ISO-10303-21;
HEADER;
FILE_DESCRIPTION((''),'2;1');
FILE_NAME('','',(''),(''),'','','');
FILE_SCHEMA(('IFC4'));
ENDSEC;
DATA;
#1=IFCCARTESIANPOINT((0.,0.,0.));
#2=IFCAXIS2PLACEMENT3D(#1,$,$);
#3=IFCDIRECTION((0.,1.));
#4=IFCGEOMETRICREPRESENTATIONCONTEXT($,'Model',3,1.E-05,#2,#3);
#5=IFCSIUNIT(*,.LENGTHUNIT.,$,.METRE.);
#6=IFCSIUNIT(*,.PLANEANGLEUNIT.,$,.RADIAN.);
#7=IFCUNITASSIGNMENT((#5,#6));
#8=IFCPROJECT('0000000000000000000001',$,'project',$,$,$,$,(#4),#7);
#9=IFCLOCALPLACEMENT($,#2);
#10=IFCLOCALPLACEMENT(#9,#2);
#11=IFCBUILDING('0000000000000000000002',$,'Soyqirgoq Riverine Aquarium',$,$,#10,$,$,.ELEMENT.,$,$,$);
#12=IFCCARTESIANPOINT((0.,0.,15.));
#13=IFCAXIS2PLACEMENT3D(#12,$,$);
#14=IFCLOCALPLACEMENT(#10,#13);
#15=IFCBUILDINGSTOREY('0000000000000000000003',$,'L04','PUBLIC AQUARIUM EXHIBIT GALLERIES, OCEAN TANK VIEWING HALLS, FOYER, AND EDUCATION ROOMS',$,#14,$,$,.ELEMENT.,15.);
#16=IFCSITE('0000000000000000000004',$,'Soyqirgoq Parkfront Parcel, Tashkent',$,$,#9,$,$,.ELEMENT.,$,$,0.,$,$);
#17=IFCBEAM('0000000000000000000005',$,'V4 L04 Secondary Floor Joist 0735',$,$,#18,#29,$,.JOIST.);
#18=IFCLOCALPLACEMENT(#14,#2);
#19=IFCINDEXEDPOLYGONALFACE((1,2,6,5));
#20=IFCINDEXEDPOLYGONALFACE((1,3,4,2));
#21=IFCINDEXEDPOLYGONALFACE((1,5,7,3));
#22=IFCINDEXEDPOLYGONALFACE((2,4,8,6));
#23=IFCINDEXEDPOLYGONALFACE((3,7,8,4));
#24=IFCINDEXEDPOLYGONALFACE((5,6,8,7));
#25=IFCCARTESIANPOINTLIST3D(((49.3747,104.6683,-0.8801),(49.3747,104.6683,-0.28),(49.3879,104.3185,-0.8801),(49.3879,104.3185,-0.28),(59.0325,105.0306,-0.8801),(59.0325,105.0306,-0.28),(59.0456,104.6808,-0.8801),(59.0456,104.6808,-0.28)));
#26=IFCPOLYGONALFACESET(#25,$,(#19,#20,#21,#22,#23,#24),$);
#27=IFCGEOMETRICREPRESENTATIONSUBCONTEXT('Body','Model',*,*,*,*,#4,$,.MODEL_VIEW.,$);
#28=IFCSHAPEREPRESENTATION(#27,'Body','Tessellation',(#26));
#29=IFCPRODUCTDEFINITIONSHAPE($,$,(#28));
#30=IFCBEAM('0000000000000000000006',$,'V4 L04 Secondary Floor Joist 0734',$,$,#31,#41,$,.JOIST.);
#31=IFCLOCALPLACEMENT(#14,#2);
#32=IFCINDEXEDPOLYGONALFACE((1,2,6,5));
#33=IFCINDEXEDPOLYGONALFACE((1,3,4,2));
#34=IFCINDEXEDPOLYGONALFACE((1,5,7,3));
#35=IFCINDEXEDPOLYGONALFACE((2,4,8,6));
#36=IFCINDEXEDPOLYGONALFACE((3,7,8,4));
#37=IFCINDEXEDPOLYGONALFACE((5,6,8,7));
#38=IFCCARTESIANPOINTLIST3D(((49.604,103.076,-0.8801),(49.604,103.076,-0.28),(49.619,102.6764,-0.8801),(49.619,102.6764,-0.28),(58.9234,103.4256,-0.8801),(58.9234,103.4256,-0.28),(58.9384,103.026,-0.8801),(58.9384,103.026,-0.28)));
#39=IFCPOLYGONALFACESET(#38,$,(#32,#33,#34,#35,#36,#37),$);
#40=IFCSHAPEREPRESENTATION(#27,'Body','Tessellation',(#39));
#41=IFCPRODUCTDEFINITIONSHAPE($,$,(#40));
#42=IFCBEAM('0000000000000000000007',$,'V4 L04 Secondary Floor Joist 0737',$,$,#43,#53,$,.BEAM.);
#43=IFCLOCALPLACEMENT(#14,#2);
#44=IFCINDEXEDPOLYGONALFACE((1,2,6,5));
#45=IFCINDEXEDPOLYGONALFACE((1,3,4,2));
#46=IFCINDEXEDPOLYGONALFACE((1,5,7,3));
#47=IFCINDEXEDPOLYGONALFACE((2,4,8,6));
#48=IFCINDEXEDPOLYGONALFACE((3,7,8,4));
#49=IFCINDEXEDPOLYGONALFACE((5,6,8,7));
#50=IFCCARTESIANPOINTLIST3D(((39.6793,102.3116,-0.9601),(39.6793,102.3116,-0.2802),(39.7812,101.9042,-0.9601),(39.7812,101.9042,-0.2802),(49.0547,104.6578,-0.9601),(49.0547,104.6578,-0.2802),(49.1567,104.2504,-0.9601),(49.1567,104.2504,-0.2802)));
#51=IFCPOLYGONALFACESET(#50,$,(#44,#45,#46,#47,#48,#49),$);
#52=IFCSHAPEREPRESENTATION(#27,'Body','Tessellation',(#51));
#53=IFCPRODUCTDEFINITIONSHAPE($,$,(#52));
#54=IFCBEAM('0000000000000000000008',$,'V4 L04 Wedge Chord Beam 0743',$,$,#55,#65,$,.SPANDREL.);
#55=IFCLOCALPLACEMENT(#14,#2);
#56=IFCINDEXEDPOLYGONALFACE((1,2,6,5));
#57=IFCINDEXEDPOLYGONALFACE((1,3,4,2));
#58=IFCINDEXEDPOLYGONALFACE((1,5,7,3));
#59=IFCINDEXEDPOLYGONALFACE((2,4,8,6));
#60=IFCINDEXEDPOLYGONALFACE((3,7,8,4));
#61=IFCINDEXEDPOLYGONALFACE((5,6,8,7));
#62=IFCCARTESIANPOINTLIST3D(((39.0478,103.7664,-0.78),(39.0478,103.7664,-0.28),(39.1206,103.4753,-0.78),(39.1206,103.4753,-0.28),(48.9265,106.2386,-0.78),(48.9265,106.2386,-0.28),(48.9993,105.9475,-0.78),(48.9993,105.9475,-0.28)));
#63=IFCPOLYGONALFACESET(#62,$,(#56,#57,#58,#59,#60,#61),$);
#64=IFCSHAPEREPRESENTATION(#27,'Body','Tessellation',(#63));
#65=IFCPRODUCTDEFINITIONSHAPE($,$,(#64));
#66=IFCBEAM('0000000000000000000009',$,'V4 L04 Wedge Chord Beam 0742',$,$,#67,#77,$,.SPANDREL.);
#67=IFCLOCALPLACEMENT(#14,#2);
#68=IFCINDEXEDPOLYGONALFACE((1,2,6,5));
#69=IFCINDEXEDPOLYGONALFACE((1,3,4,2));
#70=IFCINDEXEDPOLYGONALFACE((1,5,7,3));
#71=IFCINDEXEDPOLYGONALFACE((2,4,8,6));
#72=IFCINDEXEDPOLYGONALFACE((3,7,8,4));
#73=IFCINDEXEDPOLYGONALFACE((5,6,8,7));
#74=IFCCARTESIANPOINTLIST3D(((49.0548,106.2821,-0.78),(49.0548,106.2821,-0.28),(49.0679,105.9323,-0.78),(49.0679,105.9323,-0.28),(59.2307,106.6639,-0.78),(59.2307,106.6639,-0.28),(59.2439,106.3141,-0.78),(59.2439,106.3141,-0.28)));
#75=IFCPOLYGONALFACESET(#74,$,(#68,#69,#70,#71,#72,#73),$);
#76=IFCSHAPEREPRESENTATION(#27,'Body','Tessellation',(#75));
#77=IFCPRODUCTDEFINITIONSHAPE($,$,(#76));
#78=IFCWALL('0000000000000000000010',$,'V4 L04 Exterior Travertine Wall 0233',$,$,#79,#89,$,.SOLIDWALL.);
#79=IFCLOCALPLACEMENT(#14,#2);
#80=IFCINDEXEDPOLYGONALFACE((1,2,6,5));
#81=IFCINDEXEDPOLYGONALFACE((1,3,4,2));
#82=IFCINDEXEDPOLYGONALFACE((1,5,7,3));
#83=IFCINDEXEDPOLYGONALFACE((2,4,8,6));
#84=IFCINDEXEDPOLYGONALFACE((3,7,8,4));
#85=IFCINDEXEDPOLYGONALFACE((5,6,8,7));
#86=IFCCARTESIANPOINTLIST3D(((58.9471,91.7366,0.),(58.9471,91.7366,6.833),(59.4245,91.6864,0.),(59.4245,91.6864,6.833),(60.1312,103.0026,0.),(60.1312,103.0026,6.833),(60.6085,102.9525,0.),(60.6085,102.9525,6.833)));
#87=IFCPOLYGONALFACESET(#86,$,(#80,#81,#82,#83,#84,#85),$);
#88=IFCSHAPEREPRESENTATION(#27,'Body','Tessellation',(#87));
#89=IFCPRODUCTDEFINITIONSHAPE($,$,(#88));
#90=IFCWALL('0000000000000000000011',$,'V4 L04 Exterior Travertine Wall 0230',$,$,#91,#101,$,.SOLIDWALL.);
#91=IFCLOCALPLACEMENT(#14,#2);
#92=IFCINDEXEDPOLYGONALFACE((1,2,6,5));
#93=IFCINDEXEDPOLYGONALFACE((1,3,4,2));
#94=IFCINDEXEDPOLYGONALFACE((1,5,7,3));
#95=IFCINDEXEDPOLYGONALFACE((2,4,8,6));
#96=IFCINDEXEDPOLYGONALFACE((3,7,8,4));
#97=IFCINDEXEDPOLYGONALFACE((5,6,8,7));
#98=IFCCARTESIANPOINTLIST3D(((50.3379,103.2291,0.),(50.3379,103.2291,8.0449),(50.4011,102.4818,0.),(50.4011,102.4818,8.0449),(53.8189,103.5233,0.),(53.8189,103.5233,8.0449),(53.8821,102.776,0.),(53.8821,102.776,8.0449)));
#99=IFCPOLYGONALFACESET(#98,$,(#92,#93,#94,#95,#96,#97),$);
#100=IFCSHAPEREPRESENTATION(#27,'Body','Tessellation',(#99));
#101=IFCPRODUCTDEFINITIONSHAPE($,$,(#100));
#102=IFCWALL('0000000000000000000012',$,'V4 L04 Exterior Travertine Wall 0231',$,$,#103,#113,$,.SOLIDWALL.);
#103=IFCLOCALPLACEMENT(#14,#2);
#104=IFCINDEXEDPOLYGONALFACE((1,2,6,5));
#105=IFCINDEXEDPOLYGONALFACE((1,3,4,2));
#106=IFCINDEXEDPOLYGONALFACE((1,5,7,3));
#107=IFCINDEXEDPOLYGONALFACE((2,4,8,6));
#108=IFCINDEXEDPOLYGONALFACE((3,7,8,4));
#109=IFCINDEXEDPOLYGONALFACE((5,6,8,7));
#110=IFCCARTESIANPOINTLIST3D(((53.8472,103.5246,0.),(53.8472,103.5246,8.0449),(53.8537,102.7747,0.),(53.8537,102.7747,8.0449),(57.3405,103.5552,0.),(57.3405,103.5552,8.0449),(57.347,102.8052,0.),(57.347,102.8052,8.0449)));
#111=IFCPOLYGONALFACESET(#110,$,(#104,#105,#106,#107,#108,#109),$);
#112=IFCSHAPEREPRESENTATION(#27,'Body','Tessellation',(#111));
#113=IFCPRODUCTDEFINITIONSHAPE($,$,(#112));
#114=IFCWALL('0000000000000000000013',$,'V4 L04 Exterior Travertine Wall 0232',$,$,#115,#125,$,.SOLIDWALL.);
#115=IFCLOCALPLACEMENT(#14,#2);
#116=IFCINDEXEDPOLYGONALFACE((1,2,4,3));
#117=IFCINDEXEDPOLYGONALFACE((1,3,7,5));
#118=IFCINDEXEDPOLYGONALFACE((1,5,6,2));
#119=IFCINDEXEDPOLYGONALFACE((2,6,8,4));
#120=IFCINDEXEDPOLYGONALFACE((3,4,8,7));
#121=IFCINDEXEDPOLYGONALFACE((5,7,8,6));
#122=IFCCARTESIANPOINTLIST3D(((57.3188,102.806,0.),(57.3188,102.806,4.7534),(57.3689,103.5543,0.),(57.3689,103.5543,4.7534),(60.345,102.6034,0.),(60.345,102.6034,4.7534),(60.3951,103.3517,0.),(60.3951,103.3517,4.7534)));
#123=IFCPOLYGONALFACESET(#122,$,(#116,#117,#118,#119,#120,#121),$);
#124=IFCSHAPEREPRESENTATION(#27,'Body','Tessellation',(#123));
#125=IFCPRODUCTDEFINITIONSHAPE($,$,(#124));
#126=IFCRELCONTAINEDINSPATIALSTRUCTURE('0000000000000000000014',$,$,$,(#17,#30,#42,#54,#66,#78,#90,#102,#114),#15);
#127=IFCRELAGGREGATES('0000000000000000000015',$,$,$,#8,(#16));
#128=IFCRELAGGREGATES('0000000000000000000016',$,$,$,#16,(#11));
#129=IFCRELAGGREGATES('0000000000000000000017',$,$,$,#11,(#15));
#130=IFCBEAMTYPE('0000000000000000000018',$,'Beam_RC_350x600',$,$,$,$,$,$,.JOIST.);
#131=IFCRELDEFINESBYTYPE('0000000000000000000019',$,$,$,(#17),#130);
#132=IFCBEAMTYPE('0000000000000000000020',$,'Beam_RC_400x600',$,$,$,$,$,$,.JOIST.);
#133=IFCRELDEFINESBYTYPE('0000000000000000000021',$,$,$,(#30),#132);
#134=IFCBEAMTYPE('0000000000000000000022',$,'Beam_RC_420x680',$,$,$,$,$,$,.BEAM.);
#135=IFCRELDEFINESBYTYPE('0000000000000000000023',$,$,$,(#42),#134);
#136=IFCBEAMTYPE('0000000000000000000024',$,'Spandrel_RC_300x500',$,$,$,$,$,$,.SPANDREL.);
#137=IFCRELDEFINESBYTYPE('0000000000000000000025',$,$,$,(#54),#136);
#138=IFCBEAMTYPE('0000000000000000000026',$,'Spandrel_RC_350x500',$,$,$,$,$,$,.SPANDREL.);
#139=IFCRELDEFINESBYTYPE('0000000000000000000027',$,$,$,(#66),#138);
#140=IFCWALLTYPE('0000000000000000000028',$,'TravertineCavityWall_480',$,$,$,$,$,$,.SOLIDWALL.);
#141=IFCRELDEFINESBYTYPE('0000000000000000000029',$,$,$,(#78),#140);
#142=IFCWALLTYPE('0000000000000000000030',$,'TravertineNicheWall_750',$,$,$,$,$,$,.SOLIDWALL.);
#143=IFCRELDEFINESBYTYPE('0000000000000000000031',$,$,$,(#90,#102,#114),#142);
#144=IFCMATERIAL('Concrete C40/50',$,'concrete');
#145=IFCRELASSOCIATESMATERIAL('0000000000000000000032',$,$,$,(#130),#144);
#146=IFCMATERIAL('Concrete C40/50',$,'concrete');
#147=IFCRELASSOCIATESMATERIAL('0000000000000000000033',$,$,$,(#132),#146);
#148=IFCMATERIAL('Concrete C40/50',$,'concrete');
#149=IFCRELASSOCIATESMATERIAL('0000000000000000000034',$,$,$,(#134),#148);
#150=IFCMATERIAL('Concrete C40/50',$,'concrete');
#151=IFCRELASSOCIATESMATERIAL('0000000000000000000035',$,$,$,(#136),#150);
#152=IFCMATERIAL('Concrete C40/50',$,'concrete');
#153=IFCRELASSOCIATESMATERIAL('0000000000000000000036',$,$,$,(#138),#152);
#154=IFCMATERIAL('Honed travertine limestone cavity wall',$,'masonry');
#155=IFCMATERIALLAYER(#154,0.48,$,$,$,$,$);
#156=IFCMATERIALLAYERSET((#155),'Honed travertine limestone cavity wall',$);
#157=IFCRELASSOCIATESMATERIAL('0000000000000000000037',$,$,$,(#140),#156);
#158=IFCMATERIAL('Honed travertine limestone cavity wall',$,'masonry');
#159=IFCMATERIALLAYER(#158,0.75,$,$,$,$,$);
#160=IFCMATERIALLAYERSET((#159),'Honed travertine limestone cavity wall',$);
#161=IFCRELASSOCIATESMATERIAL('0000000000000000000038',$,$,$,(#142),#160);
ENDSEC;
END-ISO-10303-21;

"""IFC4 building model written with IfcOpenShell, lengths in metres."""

from ifc_helpers import new_model, si_unit, direction, frame, frame_2d, origin, origin_2d, place, context, subcontext, project, spatial, rectangle, extrude, material, layer, layer_set, material_profile, profile_set, type_object, element, save


model = new_model("IFC4")

# Units and contexts
model_context = context("Model", 3, precision=1e-05, world=origin(), true_north=direction((0.0, 1.0)))
body_context = subcontext(model_context, "Body", "Model", "MODEL_VIEW")
ifc_project = project(units=[si_unit("LENGTHUNIT", "METRE"), si_unit("PLANEANGLEUNIT", "RADIAN")], contexts=[model_context])

# Site, building, storey
site_placement = place(None, origin())
site = spatial("IfcSite", under=ifc_project, at=site_placement, Name="Soyqirgoq Parkfront Parcel, Tashkent", CompositionType="ELEMENT", RefElevation=0.0)
building_placement = place(site_placement, origin())
building = spatial("IfcBuilding", under=site, at=building_placement, Name="Soyqirgoq Riverine Aquarium", CompositionType="ELEMENT")
storey_placement = place(building_placement, frame((0.0, 0.0, 15.0)))
storey = spatial("IfcBuildingStorey", under=building, at=storey_placement, Name="L04", Description="PUBLIC AQUARIUM EXHIBIT GALLERIES, OCEAN TANK VIEWING HALLS, FOYER, AND EDUCATION ROOMS", CompositionType="ELEMENT", Elevation=15.0)

# Beams
ifc_material_1 = material(Name="Concrete C40/50", Category="concrete")
ifc_material_profile_1 = material_profile(ifc_material_1, rectangle(XDim=0.3501, YDim=0.6001, at=origin_2d()), Name="RC 350x600")
ifc_profile_set_1 = profile_set([ifc_material_profile_1], Name="Concrete C40/50")
beam_type_1 = type_object("IfcBeamType", Name="Beam_RC_350x600", PredefinedType="JOIST", material=ifc_profile_set_1)
beam_1_placement = place(storey_placement, frame((59.0391, 104.8557, -0.5801), z_axis=(-0.999297, -0.037488, 0.0), x_axis=(0.037488, -0.999297, 0.0)))
element("IfcBeam", 1, at=beam_1_placement, inside=storey, type_object=beam_type_1, Name="V4 L04 Secondary Floor Joist 0735", PredefinedType="JOIST", context=body_context, shape_type="SweptSolid", body=[
    extrude(rectangle(XDim=0.3501, YDim=0.6001, at=origin_2d()), origin(), (0.0, 0.0, 1.0), 9.6646),
])
ifc_material_2 = material(Name="Concrete C40/50", Category="concrete")
ifc_material_profile_2 = material_profile(ifc_material_2, rectangle(XDim=0.3999, YDim=0.6001, at=origin_2d()), Name="RC 400x600")
ifc_profile_set_2 = profile_set([ifc_material_profile_2], Name="Concrete C40/50")
beam_type_2 = type_object("IfcBeamType", Name="Beam_RC_400x600", PredefinedType="JOIST", material=ifc_profile_set_2)
beam_2_placement = place(storey_placement, frame((58.9309, 103.2258, -0.5801), z_axis=(-0.999297, -0.037488, 0.0), x_axis=(0.037488, -0.999297, 0.0)))
element("IfcBeam", 2, at=beam_2_placement, inside=storey, type_object=beam_type_2, Name="V4 L04 Secondary Floor Joist 0734", PredefinedType="JOIST", context=body_context, shape_type="SweptSolid", body=[
    extrude(rectangle(XDim=0.3999, YDim=0.6001, at=origin_2d()), origin(), (0.0, 0.0, 1.0), 9.3259),
])
ifc_material_3 = material(Name="Concrete C40/50", Category="concrete")
ifc_material_profile_3 = material_profile(ifc_material_3, rectangle(XDim=0.4199, YDim=0.6799, at=origin_2d()), Name="RC 420x680")
ifc_profile_set_3 = profile_set([ifc_material_profile_3], Name="Concrete C40/50")
beam_type_3 = type_object("IfcBeamType", Name="Beam_RC_420x680", PredefinedType="BEAM", material=ifc_profile_set_3)
beam_3_placement = place(storey_placement, frame((49.1057, 104.4541, -0.6201), z_axis=(-0.970086, -0.242761, 0.0), x_axis=(0.242761, -0.970086, 0.0)))
element("IfcBeam", 3, at=beam_3_placement, inside=storey, type_object=beam_type_3, Name="V4 L04 Secondary Floor Joist 0737", PredefinedType="BEAM", context=body_context, shape_type="SweptSolid", body=[
    extrude(rectangle(XDim=0.4199, YDim=0.6799, at=origin_2d()), origin(), (0.0, 0.0, 1.0), 9.6646),
])
ifc_material_4 = material(Name="Concrete C40/50", Category="concrete")
ifc_material_profile_4 = material_profile(ifc_material_4, rectangle(XDim=0.3, YDim=0.5, at=origin_2d()), Name="RC 300x500")
ifc_profile_set_4 = profile_set([ifc_material_profile_4], Name="Concrete C40/50")
beam_type_4 = type_object("IfcBeamType", Name="Spandrel_RC_300x500", PredefinedType="SPANDREL", material=ifc_profile_set_4)
beam_4_placement = place(storey_placement, frame((48.9629, 106.093, -0.53), z_axis=(-0.970085, -0.242767, 0.0), x_axis=(0.242767, -0.970085, 0.0)))
element("IfcBeam", 4, at=beam_4_placement, inside=storey, type_object=beam_type_4, Name="V4 L04 Wedge Chord Beam 0743", PredefinedType="SPANDREL", context=body_context, shape_type="SweptSolid", body=[
    extrude(rectangle(XDim=0.3, YDim=0.5, at=origin_2d()), origin(), (0.0, 0.0, 1.0), 10.1833),
])
ifc_material_5 = material(Name="Concrete C40/50", Category="concrete")
ifc_material_profile_5 = material_profile(ifc_material_5, rectangle(XDim=0.3501, YDim=0.5, at=origin_2d()), Name="RC 350x500")
ifc_profile_set_5 = profile_set([ifc_material_profile_5], Name="Concrete C40/50")
beam_type_5 = type_object("IfcBeamType", Name="Spandrel_RC_350x500", PredefinedType="SPANDREL", material=ifc_profile_set_5)
beam_5_placement = place(storey_placement, frame((59.2373, 106.489, -0.53), z_axis=(-0.999297, -0.037497, 0.0), x_axis=(0.037497, -0.999297, 0.0)))
element("IfcBeam", 5, at=beam_5_placement, inside=storey, type_object=beam_type_5, Name="V4 L04 Wedge Chord Beam 0742", PredefinedType="SPANDREL", context=body_context, shape_type="SweptSolid", body=[
    extrude(rectangle(XDim=0.3501, YDim=0.5, at=origin_2d()), origin(), (0.0, 0.0, 1.0), 10.1831),
])

# Walls
ifc_material_6 = material(Name="Honed travertine limestone cavity wall", Category="masonry")
ifc_layer_1 = layer(ifc_material_6, 0.48)
ifc_layer_set_1 = layer_set([ifc_layer_1], Name="Honed travertine limestone cavity wall")
wall_type_1 = type_object("IfcWallType", Name="TravertineCavityWall_480", PredefinedType="SOLIDWALL", material=ifc_layer_set_1)
wall_1_placement = place(storey_placement, frame((60.3699, 102.9775, 0.0), z_axis=(0.0, 0.0, 1.0), x_axis=(-0.104525, -0.994522, 0.0)))
element("IfcWall", 6, at=wall_1_placement, inside=storey, type_object=wall_type_1, Name="V4 L04 Exterior Travertine Wall 0233", PredefinedType="SOLIDWALL", context=body_context, shape_type="SweptSolid", body=[
    extrude(rectangle(XDim=11.3281, YDim=0.48, at=frame_2d((5.6641, 0.0))), origin(), (0.0, 0.0, 1.0), 6.833),
])
ifc_material_7 = material(Name="Honed travertine limestone cavity wall", Category="masonry")
ifc_layer_2 = layer(ifc_material_7, 0.75)
ifc_layer_set_2 = layer_set([ifc_layer_2], Name="Honed travertine limestone cavity wall")
wall_type_2 = type_object("IfcWallType", Name="TravertineNicheWall_750", PredefinedType="SOLIDWALL", material=ifc_layer_set_2)
for number, where, z_axis, x_axis, name in (
    (7, (50.3696, 102.8555, 0.0), (0.0, 0.0, 1.0), (0.996448, 0.084214, 0.0), "V4 L04 Exterior Travertine Wall 0230"),
    (8, (53.8506, 103.1497, 0.0), (0.0, 0.0, 1.0), (0.999962, 0.008736, 0.0), "V4 L04 Exterior Travertine Wall 0231"),
):
    element("IfcWall", number, at=place(storey_placement, frame(where, z_axis=z_axis, x_axis=x_axis)), inside=storey, type_object=wall_type_2, Name=name, PredefinedType="SOLIDWALL", context=body_context, shape_type="SweptSolid", body=[
        extrude(rectangle(XDim=3.4934, YDim=0.75, at=frame_2d((1.7466, 0.0))), origin(), (0.0, 0.0, 1.0), 8.0449),
    ])
wall_2_placement = place(storey_placement, frame((57.3438, 103.1802, 0.0), z_axis=(0.0, 0.0, 1.0), x_axis=(0.997766, -0.066813, 0.0)))
element("IfcWall", 9, at=wall_2_placement, inside=storey, type_object=wall_type_2, Name="V4 L04 Exterior Travertine Wall 0232", PredefinedType="SOLIDWALL", context=body_context, shape_type="SweptSolid", body=[
    extrude(rectangle(XDim=3.033, YDim=0.75, at=frame_2d((1.5166, 0.0))), origin(), (0.0, 0.0, 1.0), 4.7534),
])

save(model, "model.ifc")
